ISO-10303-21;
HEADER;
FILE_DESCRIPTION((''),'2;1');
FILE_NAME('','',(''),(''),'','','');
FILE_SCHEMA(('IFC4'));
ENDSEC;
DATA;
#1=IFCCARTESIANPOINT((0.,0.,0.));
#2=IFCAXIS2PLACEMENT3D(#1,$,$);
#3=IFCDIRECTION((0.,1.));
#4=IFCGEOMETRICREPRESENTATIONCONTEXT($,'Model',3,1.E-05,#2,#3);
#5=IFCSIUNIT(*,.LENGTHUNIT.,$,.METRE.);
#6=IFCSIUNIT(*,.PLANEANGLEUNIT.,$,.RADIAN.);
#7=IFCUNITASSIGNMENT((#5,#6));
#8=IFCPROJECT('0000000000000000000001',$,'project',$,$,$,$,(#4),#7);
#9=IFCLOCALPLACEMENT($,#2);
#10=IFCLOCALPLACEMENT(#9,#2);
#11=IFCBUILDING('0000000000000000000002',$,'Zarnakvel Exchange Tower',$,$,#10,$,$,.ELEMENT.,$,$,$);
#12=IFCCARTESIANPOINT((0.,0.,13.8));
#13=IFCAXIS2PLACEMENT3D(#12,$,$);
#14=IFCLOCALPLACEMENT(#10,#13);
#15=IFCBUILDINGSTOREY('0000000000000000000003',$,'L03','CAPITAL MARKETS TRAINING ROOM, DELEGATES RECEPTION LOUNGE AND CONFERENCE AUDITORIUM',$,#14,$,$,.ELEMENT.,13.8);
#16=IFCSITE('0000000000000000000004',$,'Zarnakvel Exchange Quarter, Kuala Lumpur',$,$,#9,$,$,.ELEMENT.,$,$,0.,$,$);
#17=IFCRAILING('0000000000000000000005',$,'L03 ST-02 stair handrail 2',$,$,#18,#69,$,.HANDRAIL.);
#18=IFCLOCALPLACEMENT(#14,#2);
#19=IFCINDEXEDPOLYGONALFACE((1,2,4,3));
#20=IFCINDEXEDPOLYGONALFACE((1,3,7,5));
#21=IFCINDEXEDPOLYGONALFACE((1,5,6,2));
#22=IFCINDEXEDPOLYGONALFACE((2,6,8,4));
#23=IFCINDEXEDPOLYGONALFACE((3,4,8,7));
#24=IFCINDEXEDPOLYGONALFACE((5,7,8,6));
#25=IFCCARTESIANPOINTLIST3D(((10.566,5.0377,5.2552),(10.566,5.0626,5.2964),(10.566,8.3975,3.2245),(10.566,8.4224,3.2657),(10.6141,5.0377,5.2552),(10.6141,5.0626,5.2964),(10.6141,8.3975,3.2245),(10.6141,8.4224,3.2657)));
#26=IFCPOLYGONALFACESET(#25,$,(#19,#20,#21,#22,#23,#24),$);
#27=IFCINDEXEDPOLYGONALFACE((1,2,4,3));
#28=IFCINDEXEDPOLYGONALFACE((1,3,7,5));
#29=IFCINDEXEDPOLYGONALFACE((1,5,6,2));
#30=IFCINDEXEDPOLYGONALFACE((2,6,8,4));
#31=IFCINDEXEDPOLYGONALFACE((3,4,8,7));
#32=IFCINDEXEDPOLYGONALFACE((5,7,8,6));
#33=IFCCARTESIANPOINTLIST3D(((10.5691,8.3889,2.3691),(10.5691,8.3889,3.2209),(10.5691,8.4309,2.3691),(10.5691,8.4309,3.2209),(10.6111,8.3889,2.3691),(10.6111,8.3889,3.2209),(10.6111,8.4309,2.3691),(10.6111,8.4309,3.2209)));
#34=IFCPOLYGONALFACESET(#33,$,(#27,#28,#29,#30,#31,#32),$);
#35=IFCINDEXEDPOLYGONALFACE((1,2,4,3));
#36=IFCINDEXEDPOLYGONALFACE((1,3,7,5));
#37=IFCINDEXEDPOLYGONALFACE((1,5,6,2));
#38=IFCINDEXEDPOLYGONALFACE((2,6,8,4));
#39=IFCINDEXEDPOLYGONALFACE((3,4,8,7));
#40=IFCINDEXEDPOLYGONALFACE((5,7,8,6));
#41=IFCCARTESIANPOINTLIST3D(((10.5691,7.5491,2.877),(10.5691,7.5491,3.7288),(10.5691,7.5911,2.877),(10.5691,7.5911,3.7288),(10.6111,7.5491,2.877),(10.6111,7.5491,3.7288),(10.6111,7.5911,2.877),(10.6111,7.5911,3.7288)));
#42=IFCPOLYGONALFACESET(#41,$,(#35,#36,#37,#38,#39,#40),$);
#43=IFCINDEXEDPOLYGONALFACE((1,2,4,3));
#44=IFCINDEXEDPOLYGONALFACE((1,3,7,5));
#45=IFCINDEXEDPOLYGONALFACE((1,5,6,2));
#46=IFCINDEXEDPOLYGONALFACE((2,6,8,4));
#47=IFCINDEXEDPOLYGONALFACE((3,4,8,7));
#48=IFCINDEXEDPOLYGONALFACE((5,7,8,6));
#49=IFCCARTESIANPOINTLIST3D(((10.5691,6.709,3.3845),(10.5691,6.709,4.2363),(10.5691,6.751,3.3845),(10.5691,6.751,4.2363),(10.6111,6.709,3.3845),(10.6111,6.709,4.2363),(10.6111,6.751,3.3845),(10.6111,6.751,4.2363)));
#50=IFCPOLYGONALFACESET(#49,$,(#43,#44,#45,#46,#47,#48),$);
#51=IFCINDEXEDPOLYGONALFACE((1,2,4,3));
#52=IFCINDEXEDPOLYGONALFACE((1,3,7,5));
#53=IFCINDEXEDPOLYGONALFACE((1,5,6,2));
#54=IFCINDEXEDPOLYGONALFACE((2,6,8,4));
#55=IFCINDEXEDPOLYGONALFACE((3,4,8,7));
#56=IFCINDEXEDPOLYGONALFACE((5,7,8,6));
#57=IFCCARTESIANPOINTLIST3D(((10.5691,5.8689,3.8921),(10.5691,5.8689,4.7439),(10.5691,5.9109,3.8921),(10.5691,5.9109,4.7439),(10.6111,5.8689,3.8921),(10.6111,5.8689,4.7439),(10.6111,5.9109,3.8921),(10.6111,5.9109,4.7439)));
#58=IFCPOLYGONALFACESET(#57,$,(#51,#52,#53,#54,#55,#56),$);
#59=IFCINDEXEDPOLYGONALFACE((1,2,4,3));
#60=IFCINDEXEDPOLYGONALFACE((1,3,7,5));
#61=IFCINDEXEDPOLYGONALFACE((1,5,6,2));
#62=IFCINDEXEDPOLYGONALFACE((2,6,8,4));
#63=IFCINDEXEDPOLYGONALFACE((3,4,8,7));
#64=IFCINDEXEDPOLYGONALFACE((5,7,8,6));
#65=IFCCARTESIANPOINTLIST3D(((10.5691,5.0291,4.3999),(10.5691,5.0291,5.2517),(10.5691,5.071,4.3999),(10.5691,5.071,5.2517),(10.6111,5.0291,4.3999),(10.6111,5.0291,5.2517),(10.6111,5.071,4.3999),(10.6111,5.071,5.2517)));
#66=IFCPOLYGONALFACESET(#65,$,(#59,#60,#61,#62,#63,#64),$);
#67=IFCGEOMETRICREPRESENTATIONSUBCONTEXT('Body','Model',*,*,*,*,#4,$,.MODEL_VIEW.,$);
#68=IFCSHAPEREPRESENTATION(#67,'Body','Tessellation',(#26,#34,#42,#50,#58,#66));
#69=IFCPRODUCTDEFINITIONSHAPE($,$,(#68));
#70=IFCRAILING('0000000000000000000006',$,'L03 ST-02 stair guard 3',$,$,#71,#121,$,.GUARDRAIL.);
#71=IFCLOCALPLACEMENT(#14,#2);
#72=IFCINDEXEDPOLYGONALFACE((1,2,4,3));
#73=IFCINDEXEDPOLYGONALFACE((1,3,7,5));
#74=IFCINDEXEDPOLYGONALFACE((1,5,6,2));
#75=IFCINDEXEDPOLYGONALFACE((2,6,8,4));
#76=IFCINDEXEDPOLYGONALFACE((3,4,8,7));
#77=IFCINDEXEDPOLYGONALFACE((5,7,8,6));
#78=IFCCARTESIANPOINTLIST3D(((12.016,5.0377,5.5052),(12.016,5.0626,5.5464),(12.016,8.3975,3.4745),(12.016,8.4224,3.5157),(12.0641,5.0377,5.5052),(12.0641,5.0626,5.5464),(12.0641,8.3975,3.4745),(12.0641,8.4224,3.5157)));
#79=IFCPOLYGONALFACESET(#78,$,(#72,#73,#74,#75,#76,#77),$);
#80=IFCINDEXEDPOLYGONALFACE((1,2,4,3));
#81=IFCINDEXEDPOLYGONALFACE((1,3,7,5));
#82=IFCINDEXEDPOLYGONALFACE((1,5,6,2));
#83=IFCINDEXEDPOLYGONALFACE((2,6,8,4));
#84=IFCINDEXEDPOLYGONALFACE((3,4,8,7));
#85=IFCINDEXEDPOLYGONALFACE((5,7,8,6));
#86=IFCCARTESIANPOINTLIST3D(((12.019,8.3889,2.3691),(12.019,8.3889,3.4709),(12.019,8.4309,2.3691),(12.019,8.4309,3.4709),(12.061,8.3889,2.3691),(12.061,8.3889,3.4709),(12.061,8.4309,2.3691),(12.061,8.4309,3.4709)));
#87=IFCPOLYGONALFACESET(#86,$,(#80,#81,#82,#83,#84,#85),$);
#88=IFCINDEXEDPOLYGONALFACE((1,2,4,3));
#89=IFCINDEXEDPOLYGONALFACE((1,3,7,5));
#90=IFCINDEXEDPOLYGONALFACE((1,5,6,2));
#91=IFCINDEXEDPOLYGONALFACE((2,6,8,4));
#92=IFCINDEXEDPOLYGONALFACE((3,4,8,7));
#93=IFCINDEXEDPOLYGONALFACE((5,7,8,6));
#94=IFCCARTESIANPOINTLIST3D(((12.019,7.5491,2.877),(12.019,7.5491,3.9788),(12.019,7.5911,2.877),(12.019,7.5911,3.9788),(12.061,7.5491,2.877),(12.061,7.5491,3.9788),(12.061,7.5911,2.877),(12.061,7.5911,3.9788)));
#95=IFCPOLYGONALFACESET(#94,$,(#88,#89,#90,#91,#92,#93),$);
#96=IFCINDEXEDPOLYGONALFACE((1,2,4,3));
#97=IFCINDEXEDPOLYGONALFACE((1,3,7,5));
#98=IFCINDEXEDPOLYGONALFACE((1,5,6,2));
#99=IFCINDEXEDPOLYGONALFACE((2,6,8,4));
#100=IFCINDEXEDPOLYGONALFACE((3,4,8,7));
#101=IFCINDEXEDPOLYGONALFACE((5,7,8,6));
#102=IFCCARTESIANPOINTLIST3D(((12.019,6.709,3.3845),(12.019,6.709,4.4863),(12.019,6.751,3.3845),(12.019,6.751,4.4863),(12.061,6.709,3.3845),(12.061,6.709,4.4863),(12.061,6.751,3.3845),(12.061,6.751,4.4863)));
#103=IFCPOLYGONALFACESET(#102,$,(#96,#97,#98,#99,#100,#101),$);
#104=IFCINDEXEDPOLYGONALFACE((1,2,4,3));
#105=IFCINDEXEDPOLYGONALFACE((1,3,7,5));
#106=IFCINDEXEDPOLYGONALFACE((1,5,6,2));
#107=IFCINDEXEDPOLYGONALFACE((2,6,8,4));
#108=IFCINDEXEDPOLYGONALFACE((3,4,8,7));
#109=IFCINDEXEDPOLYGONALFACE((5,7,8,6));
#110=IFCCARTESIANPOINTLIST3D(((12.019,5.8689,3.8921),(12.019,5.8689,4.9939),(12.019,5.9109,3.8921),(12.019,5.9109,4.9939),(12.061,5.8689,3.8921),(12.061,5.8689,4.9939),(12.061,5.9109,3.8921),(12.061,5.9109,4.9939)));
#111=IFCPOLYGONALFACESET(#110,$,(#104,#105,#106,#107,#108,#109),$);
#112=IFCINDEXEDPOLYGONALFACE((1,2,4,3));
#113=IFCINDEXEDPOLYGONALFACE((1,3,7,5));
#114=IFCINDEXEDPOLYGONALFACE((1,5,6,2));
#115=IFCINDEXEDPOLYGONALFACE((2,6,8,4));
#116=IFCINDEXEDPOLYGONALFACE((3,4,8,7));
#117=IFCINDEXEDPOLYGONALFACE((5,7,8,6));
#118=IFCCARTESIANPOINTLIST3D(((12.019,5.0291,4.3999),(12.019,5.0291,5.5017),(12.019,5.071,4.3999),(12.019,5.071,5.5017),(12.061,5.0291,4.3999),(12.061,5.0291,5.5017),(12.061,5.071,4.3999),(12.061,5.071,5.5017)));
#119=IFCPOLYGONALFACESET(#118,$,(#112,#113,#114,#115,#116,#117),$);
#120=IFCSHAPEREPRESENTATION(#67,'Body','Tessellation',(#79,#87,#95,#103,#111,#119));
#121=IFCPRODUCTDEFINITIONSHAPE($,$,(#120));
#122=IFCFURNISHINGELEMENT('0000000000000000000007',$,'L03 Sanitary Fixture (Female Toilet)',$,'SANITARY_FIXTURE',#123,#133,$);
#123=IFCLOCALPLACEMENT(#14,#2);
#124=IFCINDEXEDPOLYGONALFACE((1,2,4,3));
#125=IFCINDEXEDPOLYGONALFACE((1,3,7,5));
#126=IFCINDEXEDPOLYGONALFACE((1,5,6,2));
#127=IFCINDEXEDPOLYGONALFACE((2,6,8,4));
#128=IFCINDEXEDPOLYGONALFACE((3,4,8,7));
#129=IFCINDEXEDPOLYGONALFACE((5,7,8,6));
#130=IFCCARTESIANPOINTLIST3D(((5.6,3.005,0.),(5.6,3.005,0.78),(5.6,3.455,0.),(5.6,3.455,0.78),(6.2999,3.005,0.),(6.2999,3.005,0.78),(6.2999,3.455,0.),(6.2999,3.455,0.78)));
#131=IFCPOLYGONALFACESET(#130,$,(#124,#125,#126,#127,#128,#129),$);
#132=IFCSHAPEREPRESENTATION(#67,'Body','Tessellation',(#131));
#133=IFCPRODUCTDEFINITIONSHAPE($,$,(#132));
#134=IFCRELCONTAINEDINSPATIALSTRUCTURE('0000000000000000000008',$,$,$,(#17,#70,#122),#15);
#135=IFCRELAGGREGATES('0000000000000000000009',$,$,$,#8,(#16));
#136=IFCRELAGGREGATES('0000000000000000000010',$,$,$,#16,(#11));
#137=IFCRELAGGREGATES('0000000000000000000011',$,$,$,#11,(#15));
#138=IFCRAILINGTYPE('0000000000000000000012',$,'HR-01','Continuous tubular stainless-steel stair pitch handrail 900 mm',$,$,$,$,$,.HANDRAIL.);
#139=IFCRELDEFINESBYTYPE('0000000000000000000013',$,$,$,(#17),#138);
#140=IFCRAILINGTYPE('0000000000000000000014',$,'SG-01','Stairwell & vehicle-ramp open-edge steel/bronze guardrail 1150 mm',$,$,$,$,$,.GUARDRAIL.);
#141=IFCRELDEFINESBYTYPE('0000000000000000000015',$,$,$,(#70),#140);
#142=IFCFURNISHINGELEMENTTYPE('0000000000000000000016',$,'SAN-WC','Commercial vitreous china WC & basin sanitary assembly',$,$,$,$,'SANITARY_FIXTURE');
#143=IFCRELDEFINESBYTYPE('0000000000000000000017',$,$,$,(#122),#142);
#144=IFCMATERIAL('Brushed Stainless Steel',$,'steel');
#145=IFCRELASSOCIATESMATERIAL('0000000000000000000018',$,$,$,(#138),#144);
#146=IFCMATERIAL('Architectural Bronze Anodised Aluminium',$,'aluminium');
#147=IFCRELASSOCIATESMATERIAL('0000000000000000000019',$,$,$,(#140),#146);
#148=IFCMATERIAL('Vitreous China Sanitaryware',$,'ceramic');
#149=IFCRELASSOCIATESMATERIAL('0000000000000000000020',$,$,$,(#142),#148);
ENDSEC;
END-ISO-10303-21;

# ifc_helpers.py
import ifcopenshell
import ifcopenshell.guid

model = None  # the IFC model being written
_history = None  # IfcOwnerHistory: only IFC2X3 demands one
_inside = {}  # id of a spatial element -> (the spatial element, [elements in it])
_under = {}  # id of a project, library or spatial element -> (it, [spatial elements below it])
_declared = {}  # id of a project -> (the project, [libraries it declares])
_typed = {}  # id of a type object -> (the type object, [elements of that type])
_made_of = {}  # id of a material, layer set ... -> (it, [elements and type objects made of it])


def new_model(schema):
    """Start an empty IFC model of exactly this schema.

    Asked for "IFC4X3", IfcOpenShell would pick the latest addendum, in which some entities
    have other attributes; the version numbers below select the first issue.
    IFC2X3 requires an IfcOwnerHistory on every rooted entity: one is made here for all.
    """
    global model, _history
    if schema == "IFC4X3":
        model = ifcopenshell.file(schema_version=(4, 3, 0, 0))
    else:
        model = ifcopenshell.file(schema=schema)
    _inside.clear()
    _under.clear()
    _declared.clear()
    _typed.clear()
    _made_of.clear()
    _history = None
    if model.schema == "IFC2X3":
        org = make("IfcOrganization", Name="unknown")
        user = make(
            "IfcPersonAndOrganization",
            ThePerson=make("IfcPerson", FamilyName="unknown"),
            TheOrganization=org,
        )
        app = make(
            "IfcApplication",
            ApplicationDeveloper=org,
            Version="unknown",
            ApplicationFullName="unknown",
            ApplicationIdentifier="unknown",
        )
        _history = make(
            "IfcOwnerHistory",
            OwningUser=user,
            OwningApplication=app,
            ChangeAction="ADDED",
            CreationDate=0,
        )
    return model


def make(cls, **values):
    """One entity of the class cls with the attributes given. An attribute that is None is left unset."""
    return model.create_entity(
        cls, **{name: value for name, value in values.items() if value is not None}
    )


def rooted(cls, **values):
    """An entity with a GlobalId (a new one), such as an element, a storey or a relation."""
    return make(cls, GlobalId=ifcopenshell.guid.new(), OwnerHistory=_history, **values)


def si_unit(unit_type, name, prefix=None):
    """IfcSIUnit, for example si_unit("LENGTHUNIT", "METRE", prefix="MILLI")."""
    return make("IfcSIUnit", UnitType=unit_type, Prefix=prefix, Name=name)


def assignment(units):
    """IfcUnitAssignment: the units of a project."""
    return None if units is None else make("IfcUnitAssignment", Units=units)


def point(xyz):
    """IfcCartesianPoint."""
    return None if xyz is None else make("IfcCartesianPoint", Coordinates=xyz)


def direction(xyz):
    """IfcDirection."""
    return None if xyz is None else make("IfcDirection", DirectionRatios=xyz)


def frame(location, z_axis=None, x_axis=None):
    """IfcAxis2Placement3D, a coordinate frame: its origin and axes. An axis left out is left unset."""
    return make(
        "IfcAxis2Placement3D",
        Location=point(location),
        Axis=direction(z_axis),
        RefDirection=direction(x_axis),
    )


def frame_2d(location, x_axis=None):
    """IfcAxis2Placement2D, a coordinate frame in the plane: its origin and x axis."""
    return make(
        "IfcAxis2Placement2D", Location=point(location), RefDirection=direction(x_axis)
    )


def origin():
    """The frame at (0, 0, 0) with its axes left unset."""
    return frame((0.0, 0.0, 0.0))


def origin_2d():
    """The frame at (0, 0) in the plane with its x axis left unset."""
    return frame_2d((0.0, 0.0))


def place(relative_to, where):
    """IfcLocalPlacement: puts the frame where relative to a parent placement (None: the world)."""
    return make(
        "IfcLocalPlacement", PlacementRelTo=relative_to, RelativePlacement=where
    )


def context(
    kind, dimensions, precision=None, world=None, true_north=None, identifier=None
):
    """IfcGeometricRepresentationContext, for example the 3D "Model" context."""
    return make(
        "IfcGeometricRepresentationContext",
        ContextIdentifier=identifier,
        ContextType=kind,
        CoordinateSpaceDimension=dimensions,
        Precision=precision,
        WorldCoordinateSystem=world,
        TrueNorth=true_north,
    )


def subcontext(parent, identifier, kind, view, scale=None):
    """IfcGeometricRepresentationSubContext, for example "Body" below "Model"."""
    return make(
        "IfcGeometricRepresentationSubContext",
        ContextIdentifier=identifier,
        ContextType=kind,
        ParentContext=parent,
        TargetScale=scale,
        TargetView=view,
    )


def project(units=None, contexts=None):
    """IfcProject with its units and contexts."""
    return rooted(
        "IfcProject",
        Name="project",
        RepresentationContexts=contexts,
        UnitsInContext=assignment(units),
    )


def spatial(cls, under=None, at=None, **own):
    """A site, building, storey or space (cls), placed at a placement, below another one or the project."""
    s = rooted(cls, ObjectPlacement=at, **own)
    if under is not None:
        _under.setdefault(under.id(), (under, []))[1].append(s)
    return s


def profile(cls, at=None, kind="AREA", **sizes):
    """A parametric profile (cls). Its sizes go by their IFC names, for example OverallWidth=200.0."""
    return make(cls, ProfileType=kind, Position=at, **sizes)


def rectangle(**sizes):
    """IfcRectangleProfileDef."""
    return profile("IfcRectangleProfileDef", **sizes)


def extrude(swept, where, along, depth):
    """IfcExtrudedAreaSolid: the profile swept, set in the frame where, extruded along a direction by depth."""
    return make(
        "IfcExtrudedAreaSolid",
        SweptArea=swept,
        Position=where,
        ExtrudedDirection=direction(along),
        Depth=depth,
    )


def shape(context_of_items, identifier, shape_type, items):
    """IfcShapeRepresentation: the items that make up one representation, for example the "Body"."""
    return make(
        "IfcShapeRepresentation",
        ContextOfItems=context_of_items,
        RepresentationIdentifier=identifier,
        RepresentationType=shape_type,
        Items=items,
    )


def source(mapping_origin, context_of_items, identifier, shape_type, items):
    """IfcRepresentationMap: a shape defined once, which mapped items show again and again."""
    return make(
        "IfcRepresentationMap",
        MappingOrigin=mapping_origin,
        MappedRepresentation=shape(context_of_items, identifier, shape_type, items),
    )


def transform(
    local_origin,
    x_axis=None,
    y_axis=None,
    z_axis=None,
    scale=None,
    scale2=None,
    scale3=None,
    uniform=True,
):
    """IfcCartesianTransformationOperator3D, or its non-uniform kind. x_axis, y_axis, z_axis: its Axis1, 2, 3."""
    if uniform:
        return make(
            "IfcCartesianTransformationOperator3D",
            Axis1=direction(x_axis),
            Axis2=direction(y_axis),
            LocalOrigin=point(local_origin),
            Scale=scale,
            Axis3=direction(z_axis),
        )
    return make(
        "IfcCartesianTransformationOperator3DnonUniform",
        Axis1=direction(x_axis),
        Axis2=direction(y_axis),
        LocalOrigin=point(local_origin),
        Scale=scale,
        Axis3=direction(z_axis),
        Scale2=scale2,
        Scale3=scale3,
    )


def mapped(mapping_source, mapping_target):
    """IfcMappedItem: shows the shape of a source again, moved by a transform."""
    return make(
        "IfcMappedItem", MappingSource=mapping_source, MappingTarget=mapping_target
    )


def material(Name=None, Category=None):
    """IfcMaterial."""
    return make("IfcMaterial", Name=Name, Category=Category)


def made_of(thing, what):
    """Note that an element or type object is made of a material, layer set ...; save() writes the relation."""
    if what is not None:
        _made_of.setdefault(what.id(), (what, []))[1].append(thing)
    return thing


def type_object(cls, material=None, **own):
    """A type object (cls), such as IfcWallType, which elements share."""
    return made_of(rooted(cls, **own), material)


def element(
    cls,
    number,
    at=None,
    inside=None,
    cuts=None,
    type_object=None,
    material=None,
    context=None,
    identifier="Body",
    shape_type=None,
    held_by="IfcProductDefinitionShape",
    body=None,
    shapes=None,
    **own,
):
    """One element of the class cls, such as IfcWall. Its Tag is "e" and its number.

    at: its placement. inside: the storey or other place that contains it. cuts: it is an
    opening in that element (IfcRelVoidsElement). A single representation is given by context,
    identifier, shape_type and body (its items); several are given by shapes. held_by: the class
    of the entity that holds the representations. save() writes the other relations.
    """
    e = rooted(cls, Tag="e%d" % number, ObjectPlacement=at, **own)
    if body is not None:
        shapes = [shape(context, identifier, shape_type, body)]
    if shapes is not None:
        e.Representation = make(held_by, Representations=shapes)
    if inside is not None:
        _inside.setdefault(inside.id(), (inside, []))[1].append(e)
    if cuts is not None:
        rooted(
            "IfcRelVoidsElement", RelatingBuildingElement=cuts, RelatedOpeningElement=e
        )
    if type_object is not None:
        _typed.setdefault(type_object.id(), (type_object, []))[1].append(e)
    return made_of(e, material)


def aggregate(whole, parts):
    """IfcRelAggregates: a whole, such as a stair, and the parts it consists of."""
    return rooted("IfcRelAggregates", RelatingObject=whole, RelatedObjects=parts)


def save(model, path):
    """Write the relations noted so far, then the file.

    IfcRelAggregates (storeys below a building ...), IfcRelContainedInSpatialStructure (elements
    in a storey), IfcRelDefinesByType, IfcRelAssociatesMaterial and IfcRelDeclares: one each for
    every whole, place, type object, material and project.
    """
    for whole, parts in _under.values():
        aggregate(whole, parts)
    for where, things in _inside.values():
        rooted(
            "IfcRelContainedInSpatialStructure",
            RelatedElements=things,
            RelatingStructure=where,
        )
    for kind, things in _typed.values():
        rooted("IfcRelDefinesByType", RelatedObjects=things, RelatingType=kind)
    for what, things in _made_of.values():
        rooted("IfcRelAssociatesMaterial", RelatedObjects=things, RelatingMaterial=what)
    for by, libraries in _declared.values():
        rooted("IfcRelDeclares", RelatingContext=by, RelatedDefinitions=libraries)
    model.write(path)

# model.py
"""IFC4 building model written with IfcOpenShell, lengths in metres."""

from ifc_helpers import new_model, si_unit, direction, frame, origin, origin_2d, place, context, subcontext, project, spatial, rectangle, extrude, source, transform, mapped, material, type_object, element, save


model = new_model("IFC4")

# Units and contexts
model_context = context("Model", 3, precision=1e-05, world=origin(), true_north=direction((0.0, 1.0)))
body_context = subcontext(model_context, "Body", "Model", "MODEL_VIEW")
ifc_project = project(units=[si_unit("LENGTHUNIT", "METRE"), si_unit("PLANEANGLEUNIT", "RADIAN")], contexts=[model_context])

# Site, building, storey
site_placement = place(None, origin())
site = spatial("IfcSite", under=ifc_project, at=site_placement, Name="Zarnakvel Exchange Quarter, Kuala Lumpur", CompositionType="ELEMENT", RefElevation=0.0)
building_placement = place(site_placement, origin())
building = spatial("IfcBuilding", under=site, at=building_placement, Name="Zarnakvel Exchange Tower", CompositionType="ELEMENT")
storey_placement = place(building_placement, frame((0.0, 0.0, 13.8)))
storey = spatial("IfcBuildingStorey", under=building, at=storey_placement, Name="L03", Description="CAPITAL MARKETS TRAINING ROOM, DELEGATES RECEPTION LOUNGE AND CONFERENCE AUDITORIUM", CompositionType="ELEMENT", Elevation=13.8)

# Shared definitions
ifc_material_1 = material(Name="Brushed Stainless Steel", Category="steel")

# Railings
railing_type_1 = type_object("IfcRailingType", Name="HR-01", Description="Continuous tubular stainless-steel stair pitch handrail 900 mm", PredefinedType="HANDRAIL", material=ifc_material_1)
railing_1_placement = place(storey_placement, frame((10.5901, 8.4099, 2.3691)))
element("IfcRailing", 1, at=railing_1_placement, inside=storey, type_object=railing_type_1, Name="L03 ST-02 stair handrail 2", PredefinedType="HANDRAIL", context=body_context, shape_type="SweptSolid", body=[
    extrude(rectangle(XDim=0.0481, YDim=0.0481, at=origin_2d()), frame((0.0, 0.0, 0.876), z_axis=(0.0, -0.85582, 0.517273), x_axis=(1.0, 0.0, 0.0)), (0.0, 0.0, 1.0), 3.9258),
    extrude(rectangle(XDim=0.042, YDim=0.042, at=origin_2d()), origin(), (0.0, 0.0, 1.0), 0.8518),
    extrude(rectangle(XDim=0.042, YDim=0.042, at=origin_2d()), frame((0.0, -0.8398, 0.5078)), (0.0, 0.0, 1.0), 0.8518),
    extrude(rectangle(XDim=0.042, YDim=0.042, at=origin_2d()), frame((0.0, -1.6799, 1.0154)), (0.0, 0.0, 1.0), 0.8518),
    extrude(rectangle(XDim=0.042, YDim=0.042, at=origin_2d()), frame((0.0, -2.52, 1.5229)), (0.0, 0.0, 1.0), 0.8518),
    extrude(rectangle(XDim=0.042, YDim=0.042, at=origin_2d()), frame((0.0, -3.3599, 2.0308)), (0.0, 0.0, 1.0), 0.8518),
])
ifc_material_2 = material(Name="Architectural Bronze Anodised Aluminium", Category="aluminium")
railing_type_2 = type_object("IfcRailingType", Name="SG-01", Description="Stairwell & vehicle-ramp open-edge steel/bronze guardrail 1150 mm", PredefinedType="GUARDRAIL", material=ifc_material_2)
railing_2_placement = place(storey_placement, frame((12.04, 8.4099, 2.3691)))
element("IfcRailing", 2, at=railing_2_placement, inside=storey, type_object=railing_type_2, Name="L03 ST-02 stair guard 3", PredefinedType="GUARDRAIL", context=body_context, shape_type="SweptSolid", body=[
    extrude(rectangle(XDim=0.0481, YDim=0.0481, at=origin_2d()), frame((0.0, 0.0, 1.126), z_axis=(0.0, -0.85582, 0.517273), x_axis=(1.0, 0.0, 0.0)), (0.0, 0.0, 1.0), 3.9258),
    extrude(rectangle(XDim=0.042, YDim=0.042, at=origin_2d()), origin(), (0.0, 0.0, 1.0), 1.1018),
    extrude(rectangle(XDim=0.042, YDim=0.042, at=origin_2d()), frame((0.0, -0.8398, 0.5078)), (0.0, 0.0, 1.0), 1.1018),
    extrude(rectangle(XDim=0.042, YDim=0.042, at=origin_2d()), frame((0.0, -1.6799, 1.0154)), (0.0, 0.0, 1.0), 1.1018),
    extrude(rectangle(XDim=0.042, YDim=0.042, at=origin_2d()), frame((0.0, -2.52, 1.5229)), (0.0, 0.0, 1.0), 1.1018),
    extrude(rectangle(XDim=0.042, YDim=0.042, at=origin_2d()), frame((0.0, -3.3599, 2.0308)), (0.0, 0.0, 1.0), 1.1018),
])

# Furnishing element
ifc_material_3 = material(Name="Vitreous China Sanitaryware", Category="ceramic")
furnishing_element_type = type_object("IfcFurnishingElementType", Name="SAN-WC", Description="Commercial vitreous china WC & basin sanitary assembly", ElementType="SANITARY_FIXTURE", material=ifc_material_3)
shared_shape_1 = source(origin(), body_context, "Body", "SweptSolid", [
    extrude(rectangle(XDim=0.7, YDim=0.45, at=origin_2d()), origin(), (0.0, 0.0, 1.0), 0.78),
])
furnishing_placement = place(storey_placement, frame((5.95, 3.23, 0.0), z_axis=(0.0, 0.0, 1.0), x_axis=(1.0, 0.0, 0.0)))
element("IfcFurnishingElement", 3, at=furnishing_placement, inside=storey, type_object=furnishing_element_type, Name="L03 Sanitary Fixture (Female Toilet)", ObjectType="SANITARY_FIXTURE", context=body_context, shape_type="MappedRepresentation", body=[
    mapped(shared_shape_1, transform((0.0, 0.0, 0.0), x_axis=(1.0, 0.0, 0.0), y_axis=(0.0, 1.0, 0.0), z_axis=(0.0, 0.0, 1.0), scale=1.0)),
])

save(model, "model.ifc")
